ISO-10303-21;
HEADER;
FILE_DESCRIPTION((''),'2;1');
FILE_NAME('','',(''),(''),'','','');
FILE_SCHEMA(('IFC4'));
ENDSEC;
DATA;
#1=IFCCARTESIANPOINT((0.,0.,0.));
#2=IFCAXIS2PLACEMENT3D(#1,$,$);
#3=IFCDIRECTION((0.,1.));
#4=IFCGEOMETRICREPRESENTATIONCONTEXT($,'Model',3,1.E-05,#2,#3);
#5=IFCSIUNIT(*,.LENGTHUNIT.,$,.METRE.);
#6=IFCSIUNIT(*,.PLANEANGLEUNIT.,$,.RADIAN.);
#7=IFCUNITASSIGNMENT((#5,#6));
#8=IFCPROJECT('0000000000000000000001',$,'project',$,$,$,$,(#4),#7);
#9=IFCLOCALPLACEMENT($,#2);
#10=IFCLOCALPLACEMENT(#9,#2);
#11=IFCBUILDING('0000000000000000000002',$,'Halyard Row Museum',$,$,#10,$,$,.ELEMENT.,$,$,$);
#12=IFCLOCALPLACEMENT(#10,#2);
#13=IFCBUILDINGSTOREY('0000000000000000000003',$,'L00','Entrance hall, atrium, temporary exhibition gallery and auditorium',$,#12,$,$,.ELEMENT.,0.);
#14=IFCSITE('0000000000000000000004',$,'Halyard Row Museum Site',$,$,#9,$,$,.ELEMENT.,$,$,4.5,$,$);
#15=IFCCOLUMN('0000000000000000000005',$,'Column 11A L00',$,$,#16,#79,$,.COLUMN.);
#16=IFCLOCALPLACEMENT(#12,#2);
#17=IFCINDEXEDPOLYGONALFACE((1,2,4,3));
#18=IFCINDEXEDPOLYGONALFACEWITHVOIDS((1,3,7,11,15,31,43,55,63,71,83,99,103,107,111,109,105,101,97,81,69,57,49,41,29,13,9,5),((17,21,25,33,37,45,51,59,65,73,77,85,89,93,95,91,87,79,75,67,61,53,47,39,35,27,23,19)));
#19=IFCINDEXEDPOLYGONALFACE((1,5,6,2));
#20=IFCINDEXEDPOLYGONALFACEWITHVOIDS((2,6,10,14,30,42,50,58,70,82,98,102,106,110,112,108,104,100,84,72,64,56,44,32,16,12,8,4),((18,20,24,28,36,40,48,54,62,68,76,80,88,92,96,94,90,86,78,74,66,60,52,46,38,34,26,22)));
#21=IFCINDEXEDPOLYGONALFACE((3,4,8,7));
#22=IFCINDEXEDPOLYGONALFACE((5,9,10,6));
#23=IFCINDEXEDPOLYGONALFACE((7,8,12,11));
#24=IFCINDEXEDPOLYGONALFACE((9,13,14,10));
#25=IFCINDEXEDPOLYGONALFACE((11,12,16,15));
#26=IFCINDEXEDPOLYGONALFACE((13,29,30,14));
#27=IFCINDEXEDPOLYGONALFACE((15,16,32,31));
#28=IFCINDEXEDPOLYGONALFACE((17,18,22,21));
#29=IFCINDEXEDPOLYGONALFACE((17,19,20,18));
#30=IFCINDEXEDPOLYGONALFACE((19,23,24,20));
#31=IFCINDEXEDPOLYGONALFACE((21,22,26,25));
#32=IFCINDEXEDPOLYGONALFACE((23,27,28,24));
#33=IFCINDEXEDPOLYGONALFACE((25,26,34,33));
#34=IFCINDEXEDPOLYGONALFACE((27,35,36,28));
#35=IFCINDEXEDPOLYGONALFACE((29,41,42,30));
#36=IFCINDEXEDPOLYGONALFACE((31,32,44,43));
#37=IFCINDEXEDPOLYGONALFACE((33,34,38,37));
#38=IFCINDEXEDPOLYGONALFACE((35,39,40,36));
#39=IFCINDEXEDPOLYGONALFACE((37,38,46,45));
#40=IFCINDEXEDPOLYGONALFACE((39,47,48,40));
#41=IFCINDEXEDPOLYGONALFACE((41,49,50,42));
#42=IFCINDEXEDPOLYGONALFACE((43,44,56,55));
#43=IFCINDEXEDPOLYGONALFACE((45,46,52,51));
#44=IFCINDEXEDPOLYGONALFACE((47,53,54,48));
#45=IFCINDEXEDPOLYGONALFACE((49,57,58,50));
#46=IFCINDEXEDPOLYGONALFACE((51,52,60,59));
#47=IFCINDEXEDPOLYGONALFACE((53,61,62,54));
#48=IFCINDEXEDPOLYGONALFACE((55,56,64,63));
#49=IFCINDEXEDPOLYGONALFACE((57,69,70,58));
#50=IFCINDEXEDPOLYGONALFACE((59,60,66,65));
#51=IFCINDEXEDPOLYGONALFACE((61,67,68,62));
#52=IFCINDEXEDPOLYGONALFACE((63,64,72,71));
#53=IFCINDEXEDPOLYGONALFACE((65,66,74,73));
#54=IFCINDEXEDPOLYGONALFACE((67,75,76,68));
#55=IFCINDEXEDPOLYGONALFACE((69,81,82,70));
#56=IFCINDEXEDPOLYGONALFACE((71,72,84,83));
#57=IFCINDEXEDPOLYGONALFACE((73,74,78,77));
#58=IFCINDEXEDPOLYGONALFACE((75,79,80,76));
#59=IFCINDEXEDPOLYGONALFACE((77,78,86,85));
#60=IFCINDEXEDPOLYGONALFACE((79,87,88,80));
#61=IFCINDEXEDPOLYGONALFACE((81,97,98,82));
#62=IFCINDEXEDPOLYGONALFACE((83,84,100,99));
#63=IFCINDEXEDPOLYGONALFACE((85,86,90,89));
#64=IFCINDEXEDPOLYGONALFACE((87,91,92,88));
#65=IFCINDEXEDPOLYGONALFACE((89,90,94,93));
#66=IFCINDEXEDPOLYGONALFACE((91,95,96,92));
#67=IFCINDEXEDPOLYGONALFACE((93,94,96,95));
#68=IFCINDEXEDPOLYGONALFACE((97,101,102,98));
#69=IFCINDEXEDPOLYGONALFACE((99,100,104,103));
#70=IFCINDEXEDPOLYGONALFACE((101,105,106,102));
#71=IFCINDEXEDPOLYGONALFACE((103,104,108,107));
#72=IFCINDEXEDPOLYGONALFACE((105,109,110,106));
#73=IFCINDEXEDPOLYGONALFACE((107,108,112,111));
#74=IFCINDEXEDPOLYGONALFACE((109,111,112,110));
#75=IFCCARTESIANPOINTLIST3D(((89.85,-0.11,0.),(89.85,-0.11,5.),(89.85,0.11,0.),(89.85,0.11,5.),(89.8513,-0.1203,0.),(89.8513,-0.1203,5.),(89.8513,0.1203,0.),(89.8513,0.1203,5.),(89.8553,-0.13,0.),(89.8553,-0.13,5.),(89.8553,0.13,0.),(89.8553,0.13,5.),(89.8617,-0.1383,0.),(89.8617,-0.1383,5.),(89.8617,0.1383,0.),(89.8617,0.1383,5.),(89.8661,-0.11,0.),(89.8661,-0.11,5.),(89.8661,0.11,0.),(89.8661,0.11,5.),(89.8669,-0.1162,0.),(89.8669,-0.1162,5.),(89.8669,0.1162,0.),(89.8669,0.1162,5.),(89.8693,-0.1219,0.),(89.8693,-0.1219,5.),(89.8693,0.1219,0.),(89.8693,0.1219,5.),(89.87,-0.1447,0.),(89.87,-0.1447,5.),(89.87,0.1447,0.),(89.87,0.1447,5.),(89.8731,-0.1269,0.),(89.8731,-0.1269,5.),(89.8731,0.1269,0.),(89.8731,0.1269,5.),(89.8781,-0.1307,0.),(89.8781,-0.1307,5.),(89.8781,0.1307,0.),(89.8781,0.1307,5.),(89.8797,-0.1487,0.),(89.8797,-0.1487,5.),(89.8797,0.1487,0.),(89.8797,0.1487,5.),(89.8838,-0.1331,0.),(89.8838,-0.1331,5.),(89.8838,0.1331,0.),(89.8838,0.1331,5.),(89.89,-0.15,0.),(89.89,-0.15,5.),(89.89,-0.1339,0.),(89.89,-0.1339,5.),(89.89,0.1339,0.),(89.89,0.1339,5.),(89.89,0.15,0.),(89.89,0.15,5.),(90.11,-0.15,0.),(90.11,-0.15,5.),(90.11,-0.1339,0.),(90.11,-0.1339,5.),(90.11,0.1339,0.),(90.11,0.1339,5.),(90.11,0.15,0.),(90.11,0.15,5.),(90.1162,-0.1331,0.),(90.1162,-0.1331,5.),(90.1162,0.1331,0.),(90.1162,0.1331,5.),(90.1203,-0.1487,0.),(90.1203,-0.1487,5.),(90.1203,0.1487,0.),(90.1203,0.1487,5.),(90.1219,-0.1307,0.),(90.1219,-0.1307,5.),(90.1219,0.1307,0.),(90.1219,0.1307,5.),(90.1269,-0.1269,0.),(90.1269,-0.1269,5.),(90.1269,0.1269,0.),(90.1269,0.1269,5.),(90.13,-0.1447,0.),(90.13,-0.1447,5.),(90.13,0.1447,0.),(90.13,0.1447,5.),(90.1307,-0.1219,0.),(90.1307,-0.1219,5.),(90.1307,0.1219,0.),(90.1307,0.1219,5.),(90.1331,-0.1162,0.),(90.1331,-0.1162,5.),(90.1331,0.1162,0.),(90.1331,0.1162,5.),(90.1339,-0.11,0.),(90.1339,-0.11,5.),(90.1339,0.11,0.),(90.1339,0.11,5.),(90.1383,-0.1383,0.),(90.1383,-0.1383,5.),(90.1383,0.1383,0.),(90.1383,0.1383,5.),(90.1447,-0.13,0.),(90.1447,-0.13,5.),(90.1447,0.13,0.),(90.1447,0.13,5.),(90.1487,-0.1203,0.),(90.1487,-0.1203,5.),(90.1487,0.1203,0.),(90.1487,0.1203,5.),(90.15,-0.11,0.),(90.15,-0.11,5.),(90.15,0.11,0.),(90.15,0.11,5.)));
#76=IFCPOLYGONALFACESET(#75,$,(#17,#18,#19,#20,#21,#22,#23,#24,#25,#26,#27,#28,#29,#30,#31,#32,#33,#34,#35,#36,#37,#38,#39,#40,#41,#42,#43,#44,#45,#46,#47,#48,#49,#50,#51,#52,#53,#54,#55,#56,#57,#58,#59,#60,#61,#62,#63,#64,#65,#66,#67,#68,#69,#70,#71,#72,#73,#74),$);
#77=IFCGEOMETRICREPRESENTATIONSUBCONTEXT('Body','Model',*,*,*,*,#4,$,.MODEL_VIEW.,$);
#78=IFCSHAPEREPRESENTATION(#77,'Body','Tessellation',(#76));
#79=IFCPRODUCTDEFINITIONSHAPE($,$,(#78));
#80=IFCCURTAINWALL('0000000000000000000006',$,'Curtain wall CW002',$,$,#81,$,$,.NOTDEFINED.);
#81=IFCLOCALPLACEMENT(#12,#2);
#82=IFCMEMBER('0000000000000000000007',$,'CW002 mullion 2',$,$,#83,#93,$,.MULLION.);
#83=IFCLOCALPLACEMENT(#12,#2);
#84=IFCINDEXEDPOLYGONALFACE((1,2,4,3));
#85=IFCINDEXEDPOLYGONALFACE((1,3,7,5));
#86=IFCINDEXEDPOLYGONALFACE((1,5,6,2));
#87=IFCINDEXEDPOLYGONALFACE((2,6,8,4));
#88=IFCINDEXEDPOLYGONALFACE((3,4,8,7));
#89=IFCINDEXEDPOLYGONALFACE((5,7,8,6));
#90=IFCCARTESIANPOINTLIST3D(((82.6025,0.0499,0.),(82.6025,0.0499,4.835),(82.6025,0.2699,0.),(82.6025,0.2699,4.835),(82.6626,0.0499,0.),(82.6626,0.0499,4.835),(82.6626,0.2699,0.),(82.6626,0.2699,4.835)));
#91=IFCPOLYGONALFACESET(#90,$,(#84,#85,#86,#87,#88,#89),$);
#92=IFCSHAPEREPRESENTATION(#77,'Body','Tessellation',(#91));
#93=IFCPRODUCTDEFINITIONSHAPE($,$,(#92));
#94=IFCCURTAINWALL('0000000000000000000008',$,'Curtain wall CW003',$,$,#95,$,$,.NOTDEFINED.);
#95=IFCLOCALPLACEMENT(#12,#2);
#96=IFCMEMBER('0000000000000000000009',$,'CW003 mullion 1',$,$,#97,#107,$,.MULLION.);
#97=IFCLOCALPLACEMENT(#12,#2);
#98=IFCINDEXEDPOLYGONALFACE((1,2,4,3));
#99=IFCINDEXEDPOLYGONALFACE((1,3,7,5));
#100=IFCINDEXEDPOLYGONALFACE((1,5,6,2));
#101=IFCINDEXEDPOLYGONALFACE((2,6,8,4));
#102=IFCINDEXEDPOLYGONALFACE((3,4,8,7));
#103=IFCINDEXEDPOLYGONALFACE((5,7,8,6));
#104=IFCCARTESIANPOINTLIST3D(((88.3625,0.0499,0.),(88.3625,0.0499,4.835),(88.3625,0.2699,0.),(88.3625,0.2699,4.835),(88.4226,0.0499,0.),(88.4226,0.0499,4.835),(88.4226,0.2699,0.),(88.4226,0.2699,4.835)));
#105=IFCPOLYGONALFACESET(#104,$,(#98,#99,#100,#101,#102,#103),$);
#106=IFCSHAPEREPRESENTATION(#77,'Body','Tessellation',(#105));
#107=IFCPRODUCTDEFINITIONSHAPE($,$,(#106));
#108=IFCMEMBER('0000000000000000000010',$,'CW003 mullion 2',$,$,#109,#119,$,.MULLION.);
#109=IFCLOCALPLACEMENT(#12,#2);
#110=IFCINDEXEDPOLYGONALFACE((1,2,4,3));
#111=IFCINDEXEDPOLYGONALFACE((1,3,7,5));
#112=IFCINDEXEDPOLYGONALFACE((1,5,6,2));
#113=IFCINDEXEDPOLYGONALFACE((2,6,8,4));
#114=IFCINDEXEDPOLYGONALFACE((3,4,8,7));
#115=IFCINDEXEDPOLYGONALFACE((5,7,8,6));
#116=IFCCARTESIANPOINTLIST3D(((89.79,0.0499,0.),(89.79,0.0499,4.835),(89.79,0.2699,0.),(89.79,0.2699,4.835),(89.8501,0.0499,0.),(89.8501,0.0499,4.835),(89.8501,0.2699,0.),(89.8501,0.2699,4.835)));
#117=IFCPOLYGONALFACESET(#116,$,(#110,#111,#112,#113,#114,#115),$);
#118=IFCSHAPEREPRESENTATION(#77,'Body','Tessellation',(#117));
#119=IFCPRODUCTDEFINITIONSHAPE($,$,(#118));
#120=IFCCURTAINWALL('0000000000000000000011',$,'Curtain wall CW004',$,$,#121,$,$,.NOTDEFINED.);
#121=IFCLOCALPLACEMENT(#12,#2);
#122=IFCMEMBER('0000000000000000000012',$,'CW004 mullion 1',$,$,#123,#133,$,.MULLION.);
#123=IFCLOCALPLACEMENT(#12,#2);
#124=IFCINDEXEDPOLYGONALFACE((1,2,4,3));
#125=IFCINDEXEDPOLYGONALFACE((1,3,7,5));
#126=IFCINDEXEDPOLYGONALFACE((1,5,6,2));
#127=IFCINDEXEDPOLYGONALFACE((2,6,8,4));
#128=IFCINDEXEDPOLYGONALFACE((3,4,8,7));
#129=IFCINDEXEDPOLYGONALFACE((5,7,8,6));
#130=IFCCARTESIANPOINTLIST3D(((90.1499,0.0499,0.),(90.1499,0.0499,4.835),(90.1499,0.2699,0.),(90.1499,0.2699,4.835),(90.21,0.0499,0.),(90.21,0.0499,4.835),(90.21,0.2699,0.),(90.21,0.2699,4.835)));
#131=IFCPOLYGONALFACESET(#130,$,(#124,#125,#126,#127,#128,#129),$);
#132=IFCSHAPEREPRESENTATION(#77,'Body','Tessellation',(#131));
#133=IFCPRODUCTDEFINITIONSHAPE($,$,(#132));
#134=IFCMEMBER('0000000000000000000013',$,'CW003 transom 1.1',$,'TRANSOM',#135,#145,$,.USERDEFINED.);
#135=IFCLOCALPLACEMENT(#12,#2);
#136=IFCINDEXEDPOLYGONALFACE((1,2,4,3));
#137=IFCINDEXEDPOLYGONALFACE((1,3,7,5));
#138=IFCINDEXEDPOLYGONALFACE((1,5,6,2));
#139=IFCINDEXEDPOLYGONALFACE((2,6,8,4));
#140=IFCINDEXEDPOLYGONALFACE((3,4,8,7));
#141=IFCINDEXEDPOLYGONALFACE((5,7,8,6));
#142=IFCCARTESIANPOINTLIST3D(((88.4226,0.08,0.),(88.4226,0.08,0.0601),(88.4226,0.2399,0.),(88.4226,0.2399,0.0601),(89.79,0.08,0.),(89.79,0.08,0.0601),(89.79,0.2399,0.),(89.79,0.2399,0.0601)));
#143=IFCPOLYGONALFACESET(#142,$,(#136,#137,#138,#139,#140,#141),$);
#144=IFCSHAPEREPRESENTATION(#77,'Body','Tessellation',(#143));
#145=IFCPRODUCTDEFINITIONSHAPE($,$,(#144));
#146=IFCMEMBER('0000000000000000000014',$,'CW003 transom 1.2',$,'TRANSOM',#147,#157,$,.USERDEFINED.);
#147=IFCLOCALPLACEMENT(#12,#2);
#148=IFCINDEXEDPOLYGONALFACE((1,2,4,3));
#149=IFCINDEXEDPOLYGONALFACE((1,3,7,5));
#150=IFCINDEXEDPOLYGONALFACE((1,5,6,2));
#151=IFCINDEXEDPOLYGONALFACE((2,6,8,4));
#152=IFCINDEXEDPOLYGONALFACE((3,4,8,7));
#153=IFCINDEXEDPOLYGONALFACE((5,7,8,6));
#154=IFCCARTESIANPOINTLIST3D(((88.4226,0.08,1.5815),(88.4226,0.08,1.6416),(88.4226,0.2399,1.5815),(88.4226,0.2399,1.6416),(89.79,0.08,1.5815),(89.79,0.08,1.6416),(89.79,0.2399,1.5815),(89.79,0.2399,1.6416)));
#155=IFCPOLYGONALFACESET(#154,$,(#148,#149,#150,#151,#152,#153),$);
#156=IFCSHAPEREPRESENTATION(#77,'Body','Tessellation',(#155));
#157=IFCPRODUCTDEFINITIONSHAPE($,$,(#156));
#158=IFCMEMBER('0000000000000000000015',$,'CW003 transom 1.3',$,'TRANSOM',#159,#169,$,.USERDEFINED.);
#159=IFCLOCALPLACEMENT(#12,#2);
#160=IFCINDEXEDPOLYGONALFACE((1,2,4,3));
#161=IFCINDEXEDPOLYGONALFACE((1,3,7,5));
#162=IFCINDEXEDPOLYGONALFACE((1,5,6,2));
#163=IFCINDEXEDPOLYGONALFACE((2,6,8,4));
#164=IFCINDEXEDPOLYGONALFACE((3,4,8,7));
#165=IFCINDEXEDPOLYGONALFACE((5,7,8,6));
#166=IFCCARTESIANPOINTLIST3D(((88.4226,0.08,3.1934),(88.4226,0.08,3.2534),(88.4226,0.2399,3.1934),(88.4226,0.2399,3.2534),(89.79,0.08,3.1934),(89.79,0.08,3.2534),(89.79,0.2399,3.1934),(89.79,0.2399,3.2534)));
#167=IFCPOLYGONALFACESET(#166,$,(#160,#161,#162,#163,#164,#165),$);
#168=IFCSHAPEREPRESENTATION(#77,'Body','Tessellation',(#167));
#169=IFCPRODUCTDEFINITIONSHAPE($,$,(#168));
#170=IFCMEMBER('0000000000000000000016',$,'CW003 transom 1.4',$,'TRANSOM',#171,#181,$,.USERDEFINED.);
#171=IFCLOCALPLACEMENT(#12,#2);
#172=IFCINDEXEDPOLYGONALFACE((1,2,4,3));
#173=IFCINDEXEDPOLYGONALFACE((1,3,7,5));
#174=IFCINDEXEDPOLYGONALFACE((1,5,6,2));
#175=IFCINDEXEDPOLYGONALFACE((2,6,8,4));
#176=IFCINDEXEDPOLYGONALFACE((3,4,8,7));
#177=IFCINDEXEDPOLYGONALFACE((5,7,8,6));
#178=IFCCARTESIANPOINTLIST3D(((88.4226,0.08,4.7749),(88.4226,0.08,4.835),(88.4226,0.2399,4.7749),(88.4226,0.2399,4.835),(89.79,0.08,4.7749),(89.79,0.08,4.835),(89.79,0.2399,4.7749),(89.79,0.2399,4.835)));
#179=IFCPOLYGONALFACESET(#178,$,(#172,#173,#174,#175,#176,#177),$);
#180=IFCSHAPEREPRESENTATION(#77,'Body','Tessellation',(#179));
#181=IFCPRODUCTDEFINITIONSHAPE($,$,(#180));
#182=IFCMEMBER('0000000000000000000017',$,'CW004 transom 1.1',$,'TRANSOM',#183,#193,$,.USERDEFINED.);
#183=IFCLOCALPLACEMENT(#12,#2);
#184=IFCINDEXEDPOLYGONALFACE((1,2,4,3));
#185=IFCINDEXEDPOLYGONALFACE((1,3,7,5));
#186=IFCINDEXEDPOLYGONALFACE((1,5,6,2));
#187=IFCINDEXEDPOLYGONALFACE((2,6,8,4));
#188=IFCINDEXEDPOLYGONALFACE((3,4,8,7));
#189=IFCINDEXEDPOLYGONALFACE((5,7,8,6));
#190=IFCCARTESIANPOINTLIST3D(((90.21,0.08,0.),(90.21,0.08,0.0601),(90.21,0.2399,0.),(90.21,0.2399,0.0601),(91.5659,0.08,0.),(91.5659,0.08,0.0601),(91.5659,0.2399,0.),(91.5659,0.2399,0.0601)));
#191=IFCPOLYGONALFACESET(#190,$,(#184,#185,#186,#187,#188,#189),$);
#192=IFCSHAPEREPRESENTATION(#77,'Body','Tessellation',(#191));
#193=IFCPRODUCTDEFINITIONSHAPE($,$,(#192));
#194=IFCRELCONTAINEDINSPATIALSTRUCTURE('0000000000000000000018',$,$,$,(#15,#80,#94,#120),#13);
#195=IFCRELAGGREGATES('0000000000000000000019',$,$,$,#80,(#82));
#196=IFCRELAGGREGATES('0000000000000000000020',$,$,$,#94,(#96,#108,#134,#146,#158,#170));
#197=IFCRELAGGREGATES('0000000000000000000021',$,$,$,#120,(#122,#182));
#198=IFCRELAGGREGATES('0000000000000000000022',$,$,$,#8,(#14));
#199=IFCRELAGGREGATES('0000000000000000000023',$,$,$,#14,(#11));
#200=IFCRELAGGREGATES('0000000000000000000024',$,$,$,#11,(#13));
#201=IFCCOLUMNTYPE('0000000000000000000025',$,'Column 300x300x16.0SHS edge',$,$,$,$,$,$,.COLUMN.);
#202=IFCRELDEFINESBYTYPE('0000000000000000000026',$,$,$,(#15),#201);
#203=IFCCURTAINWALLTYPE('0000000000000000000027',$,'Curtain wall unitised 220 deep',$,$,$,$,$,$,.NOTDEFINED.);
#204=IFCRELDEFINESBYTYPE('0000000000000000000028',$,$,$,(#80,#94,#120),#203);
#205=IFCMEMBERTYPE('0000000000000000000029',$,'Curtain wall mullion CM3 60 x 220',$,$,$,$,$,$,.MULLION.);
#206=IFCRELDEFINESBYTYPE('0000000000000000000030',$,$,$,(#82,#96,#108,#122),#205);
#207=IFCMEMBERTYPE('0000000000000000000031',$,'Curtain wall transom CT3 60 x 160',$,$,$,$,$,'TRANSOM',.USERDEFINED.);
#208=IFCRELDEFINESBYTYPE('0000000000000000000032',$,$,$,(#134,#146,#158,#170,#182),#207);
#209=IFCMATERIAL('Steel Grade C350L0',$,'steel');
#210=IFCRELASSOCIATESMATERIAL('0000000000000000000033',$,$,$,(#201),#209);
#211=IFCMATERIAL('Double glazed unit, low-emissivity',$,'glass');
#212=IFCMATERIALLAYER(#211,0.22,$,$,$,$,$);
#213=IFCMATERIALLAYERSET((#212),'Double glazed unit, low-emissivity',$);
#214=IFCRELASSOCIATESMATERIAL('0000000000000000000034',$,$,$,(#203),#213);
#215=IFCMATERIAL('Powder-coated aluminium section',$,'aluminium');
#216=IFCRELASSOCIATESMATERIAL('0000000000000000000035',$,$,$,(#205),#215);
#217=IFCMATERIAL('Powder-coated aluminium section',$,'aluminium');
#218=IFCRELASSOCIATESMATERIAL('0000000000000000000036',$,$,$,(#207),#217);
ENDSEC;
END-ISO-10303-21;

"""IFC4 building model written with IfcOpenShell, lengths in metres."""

from ifc_helpers import new_model, si_unit, direction, frame, origin, origin_2d, place, context, subcontext, project, spatial, rectangle, hollow_rectangle, extrude, material, layer, layer_set, material_profile, profile_set, type_object, element, aggregate, save


model = new_model("IFC4")

# Units and contexts
model_context = context("Model", 3, precision=1e-05, world=origin(), true_north=direction((0.0, 1.0)))
body_context = subcontext(model_context, "Body", "Model", "MODEL_VIEW")
ifc_project = project(units=[si_unit("LENGTHUNIT", "METRE"), si_unit("PLANEANGLEUNIT", "RADIAN")], contexts=[model_context])

# Site, building, storey
site_placement = place(None, origin())
site = spatial("IfcSite", under=ifc_project, at=site_placement, Name="Halyard Row Museum Site", CompositionType="ELEMENT", RefElevation=4.5)
building_placement = place(site_placement, origin())
building = spatial("IfcBuilding", under=site, at=building_placement, Name="Halyard Row Museum", CompositionType="ELEMENT")
storey_placement = place(building_placement, origin())
storey = spatial("IfcBuildingStorey", under=building, at=storey_placement, Name="L00", Description="Entrance hall, atrium, temporary exhibition gallery and auditorium", CompositionType="ELEMENT", Elevation=0.0)

# Column
ifc_material_1 = material(Name="Steel Grade C350L0", Category="steel")
ifc_material_profile_1 = material_profile(ifc_material_1, hollow_rectangle(XDim=0.3, YDim=0.3, WallThickness=0.0161, InnerFilletRadius=0.0239, OuterFilletRadius=0.04, at=origin_2d()), Name="300x300x16.0SHS")
ifc_profile_set_1 = profile_set([ifc_material_profile_1], Name="Steel Grade C350L0")
column_type = type_object("IfcColumnType", Name="Column 300x300x16.0SHS edge", PredefinedType="COLUMN", material=ifc_profile_set_1)
column_placement = place(storey_placement, frame((90.0, 0.0, 0.0), z_axis=(0.0, 0.0, 1.0), x_axis=(1.0, 0.0, 0.0)))
element("IfcColumn", 1, at=column_placement, inside=storey, type_object=column_type, Name="Column 11A L00", PredefinedType="COLUMN", context=body_context, shape_type="SweptSolid", body=[
    extrude(hollow_rectangle(XDim=0.3, YDim=0.3, WallThickness=0.0161, InnerFilletRadius=0.0239, OuterFilletRadius=0.04, at=origin_2d()), origin(), (0.0, 0.0, 1.0), 5.0),
])

# Curtain wall, member
ifc_material_2 = material(Name="Double glazed unit, low-emissivity", Category="glass")
ifc_layer_1 = layer(ifc_material_2, 0.22)
ifc_layer_set_1 = layer_set([ifc_layer_1], Name="Double glazed unit, low-emissivity")
curtain_wall_type = type_object("IfcCurtainWallType", Name="Curtain wall unitised 220 deep", PredefinedType="NOTDEFINED", material=ifc_layer_set_1)
curtain_wall_1_placement = place(storey_placement, origin())
curtain_wall_1 = element("IfcCurtainWall", 2, at=curtain_wall_1_placement, inside=storey, type_object=curtain_wall_type, Name="Curtain wall CW002", PredefinedType="NOTDEFINED")
ifc_material_3 = material(Name="Powder-coated aluminium section", Category="aluminium")
ifc_material_profile_2 = material_profile(ifc_material_3, rectangle(XDim=0.22, YDim=0.0601, at=origin_2d()), Name="220x60 mullion")
ifc_profile_set_2 = profile_set([ifc_material_profile_2], Name="Powder-coated aluminium section")
member_type_1 = type_object("IfcMemberType", Name="Curtain wall mullion CM3 60 x 220", PredefinedType="MULLION", material=ifc_profile_set_2)
member_1_placement = place(storey_placement, frame((82.6326, 0.1599, 0.0), z_axis=(0.0, 0.0, 1.0), x_axis=(0.0, 1.0, 0.0)))
member_1 = element("IfcMember", 3, at=member_1_placement, type_object=member_type_1, Name="CW002 mullion 2", PredefinedType="MULLION", context=body_context, shape_type="SweptSolid", body=[
    extrude(rectangle(XDim=0.22, YDim=0.0601, at=origin_2d()), origin(), (0.0, 0.0, 1.0), 4.835),
])
aggregate(curtain_wall_1, [member_1])

# Curtain wall, members
curtain_wall_2_placement = place(storey_placement, origin())
curtain_wall_2 = element("IfcCurtainWall", 4, at=curtain_wall_2_placement, inside=storey, type_object=curtain_wall_type, Name="Curtain wall CW003", PredefinedType="NOTDEFINED")
member_2_placement = place(storey_placement, frame((88.3926, 0.1599, 0.0), z_axis=(0.0, 0.0, 1.0), x_axis=(0.0, 1.0, 0.0)))
member_2 = element("IfcMember", 5, at=member_2_placement, type_object=member_type_1, Name="CW003 mullion 1", PredefinedType="MULLION", context=body_context, shape_type="SweptSolid", body=[
    extrude(rectangle(XDim=0.22, YDim=0.0601, at=origin_2d()), origin(), (0.0, 0.0, 1.0), 4.835),
])
member_3_placement = place(storey_placement, frame((89.8201, 0.1599, 0.0), z_axis=(0.0, 0.0, 1.0), x_axis=(0.0, 1.0, 0.0)))
member_3 = element("IfcMember", 6, at=member_3_placement, type_object=member_type_1, Name="CW003 mullion 2", PredefinedType="MULLION", context=body_context, shape_type="SweptSolid", body=[
    extrude(rectangle(XDim=0.22, YDim=0.0601, at=origin_2d()), origin(), (0.0, 0.0, 1.0), 4.835),
])

# Curtain wall, member
curtain_wall_3_placement = place(storey_placement, origin())
curtain_wall_3 = element("IfcCurtainWall", 7, at=curtain_wall_3_placement, inside=storey, type_object=curtain_wall_type, Name="Curtain wall CW004", PredefinedType="NOTDEFINED")
member_4_placement = place(storey_placement, frame((90.1799, 0.1599, 0.0), z_axis=(0.0, 0.0, 1.0), x_axis=(0.0, 1.0, 0.0)))
member_4 = element("IfcMember", 8, at=member_4_placement, type_object=member_type_1, Name="CW004 mullion 1", PredefinedType="MULLION", context=body_context, shape_type="SweptSolid", body=[
    extrude(rectangle(XDim=0.22, YDim=0.0601, at=origin_2d()), origin(), (0.0, 0.0, 1.0), 4.835),
])

# Members
ifc_material_4 = material(Name="Powder-coated aluminium section", Category="aluminium")
ifc_material_profile_3 = material_profile(ifc_material_4, rectangle(XDim=0.1599, YDim=0.0601, at=origin_2d()), Name="160x60 transom")
ifc_profile_set_3 = profile_set([ifc_material_profile_3], Name="Powder-coated aluminium section")
member_type_2 = type_object("IfcMemberType", Name="Curtain wall transom CT3 60 x 160", ElementType="TRANSOM", PredefinedType="USERDEFINED", material=ifc_profile_set_3)
member_5_placement = place(storey_placement, frame((88.4226, 0.1599, 0.03), z_axis=(1.0, 0.0, 0.0), x_axis=(0.0, 1.0, 0.0)))
member_5 = element("IfcMember", 9, at=member_5_placement, type_object=member_type_2, Name="CW003 transom 1.1", ObjectType="TRANSOM", PredefinedType="USERDEFINED", context=body_context, shape_type="SweptSolid", body=[
    extrude(rectangle(XDim=0.1599, YDim=0.0601, at=origin_2d()), origin(), (0.0, 0.0, 1.0), 1.3674),
])
member_6_placement = place(storey_placement, frame((88.4226, 0.1599, 1.6116), z_axis=(1.0, 0.0, 0.0), x_axis=(0.0, 1.0, 0.0)))
member_6 = element("IfcMember", 10, at=member_6_placement, type_object=member_type_2, Name="CW003 transom 1.2", ObjectType="TRANSOM", PredefinedType="USERDEFINED", context=body_context, shape_type="SweptSolid", body=[
    extrude(rectangle(XDim=0.1599, YDim=0.0601, at=origin_2d()), origin(), (0.0, 0.0, 1.0), 1.3674),
])
member_7_placement = place(storey_placement, frame((88.4226, 0.1599, 3.2234), z_axis=(1.0, 0.0, 0.0), x_axis=(0.0, 1.0, 0.0)))
member_7 = element("IfcMember", 11, at=member_7_placement, type_object=member_type_2, Name="CW003 transom 1.3", ObjectType="TRANSOM", PredefinedType="USERDEFINED", context=body_context, shape_type="SweptSolid", body=[
    extrude(rectangle(XDim=0.1599, YDim=0.0601, at=origin_2d()), origin(), (0.0, 0.0, 1.0), 1.3674),
])
member_8_placement = place(storey_placement, frame((88.4226, 0.1599, 4.8049), z_axis=(1.0, 0.0, 0.0), x_axis=(0.0, 1.0, 0.0)))
member_8 = element("IfcMember", 12, at=member_8_placement, type_object=member_type_2, Name="CW003 transom 1.4", ObjectType="TRANSOM", PredefinedType="USERDEFINED", context=body_context, shape_type="SweptSolid", body=[
    extrude(rectangle(XDim=0.1599, YDim=0.0601, at=origin_2d()), origin(), (0.0, 0.0, 1.0), 1.3674),
])
member_9_placement = place(storey_placement, frame((90.21, 0.1599, 0.03), z_axis=(1.0, 0.0, 0.0), x_axis=(0.0, 1.0, 0.0)))
member_9 = element("IfcMember", 13, at=member_9_placement, type_object=member_type_2, Name="CW004 transom 1.1", ObjectType="TRANSOM", PredefinedType="USERDEFINED", context=body_context, shape_type="SweptSolid", body=[
    extrude(rectangle(XDim=0.1599, YDim=0.0601, at=origin_2d()), origin(), (0.0, 0.0, 1.0), 1.356),
])

aggregate(curtain_wall_2, [member_2, member_3, member_5, member_6, member_7, member_8])
aggregate(curtain_wall_3, [member_4, member_9])

save(model, "model.ifc")
